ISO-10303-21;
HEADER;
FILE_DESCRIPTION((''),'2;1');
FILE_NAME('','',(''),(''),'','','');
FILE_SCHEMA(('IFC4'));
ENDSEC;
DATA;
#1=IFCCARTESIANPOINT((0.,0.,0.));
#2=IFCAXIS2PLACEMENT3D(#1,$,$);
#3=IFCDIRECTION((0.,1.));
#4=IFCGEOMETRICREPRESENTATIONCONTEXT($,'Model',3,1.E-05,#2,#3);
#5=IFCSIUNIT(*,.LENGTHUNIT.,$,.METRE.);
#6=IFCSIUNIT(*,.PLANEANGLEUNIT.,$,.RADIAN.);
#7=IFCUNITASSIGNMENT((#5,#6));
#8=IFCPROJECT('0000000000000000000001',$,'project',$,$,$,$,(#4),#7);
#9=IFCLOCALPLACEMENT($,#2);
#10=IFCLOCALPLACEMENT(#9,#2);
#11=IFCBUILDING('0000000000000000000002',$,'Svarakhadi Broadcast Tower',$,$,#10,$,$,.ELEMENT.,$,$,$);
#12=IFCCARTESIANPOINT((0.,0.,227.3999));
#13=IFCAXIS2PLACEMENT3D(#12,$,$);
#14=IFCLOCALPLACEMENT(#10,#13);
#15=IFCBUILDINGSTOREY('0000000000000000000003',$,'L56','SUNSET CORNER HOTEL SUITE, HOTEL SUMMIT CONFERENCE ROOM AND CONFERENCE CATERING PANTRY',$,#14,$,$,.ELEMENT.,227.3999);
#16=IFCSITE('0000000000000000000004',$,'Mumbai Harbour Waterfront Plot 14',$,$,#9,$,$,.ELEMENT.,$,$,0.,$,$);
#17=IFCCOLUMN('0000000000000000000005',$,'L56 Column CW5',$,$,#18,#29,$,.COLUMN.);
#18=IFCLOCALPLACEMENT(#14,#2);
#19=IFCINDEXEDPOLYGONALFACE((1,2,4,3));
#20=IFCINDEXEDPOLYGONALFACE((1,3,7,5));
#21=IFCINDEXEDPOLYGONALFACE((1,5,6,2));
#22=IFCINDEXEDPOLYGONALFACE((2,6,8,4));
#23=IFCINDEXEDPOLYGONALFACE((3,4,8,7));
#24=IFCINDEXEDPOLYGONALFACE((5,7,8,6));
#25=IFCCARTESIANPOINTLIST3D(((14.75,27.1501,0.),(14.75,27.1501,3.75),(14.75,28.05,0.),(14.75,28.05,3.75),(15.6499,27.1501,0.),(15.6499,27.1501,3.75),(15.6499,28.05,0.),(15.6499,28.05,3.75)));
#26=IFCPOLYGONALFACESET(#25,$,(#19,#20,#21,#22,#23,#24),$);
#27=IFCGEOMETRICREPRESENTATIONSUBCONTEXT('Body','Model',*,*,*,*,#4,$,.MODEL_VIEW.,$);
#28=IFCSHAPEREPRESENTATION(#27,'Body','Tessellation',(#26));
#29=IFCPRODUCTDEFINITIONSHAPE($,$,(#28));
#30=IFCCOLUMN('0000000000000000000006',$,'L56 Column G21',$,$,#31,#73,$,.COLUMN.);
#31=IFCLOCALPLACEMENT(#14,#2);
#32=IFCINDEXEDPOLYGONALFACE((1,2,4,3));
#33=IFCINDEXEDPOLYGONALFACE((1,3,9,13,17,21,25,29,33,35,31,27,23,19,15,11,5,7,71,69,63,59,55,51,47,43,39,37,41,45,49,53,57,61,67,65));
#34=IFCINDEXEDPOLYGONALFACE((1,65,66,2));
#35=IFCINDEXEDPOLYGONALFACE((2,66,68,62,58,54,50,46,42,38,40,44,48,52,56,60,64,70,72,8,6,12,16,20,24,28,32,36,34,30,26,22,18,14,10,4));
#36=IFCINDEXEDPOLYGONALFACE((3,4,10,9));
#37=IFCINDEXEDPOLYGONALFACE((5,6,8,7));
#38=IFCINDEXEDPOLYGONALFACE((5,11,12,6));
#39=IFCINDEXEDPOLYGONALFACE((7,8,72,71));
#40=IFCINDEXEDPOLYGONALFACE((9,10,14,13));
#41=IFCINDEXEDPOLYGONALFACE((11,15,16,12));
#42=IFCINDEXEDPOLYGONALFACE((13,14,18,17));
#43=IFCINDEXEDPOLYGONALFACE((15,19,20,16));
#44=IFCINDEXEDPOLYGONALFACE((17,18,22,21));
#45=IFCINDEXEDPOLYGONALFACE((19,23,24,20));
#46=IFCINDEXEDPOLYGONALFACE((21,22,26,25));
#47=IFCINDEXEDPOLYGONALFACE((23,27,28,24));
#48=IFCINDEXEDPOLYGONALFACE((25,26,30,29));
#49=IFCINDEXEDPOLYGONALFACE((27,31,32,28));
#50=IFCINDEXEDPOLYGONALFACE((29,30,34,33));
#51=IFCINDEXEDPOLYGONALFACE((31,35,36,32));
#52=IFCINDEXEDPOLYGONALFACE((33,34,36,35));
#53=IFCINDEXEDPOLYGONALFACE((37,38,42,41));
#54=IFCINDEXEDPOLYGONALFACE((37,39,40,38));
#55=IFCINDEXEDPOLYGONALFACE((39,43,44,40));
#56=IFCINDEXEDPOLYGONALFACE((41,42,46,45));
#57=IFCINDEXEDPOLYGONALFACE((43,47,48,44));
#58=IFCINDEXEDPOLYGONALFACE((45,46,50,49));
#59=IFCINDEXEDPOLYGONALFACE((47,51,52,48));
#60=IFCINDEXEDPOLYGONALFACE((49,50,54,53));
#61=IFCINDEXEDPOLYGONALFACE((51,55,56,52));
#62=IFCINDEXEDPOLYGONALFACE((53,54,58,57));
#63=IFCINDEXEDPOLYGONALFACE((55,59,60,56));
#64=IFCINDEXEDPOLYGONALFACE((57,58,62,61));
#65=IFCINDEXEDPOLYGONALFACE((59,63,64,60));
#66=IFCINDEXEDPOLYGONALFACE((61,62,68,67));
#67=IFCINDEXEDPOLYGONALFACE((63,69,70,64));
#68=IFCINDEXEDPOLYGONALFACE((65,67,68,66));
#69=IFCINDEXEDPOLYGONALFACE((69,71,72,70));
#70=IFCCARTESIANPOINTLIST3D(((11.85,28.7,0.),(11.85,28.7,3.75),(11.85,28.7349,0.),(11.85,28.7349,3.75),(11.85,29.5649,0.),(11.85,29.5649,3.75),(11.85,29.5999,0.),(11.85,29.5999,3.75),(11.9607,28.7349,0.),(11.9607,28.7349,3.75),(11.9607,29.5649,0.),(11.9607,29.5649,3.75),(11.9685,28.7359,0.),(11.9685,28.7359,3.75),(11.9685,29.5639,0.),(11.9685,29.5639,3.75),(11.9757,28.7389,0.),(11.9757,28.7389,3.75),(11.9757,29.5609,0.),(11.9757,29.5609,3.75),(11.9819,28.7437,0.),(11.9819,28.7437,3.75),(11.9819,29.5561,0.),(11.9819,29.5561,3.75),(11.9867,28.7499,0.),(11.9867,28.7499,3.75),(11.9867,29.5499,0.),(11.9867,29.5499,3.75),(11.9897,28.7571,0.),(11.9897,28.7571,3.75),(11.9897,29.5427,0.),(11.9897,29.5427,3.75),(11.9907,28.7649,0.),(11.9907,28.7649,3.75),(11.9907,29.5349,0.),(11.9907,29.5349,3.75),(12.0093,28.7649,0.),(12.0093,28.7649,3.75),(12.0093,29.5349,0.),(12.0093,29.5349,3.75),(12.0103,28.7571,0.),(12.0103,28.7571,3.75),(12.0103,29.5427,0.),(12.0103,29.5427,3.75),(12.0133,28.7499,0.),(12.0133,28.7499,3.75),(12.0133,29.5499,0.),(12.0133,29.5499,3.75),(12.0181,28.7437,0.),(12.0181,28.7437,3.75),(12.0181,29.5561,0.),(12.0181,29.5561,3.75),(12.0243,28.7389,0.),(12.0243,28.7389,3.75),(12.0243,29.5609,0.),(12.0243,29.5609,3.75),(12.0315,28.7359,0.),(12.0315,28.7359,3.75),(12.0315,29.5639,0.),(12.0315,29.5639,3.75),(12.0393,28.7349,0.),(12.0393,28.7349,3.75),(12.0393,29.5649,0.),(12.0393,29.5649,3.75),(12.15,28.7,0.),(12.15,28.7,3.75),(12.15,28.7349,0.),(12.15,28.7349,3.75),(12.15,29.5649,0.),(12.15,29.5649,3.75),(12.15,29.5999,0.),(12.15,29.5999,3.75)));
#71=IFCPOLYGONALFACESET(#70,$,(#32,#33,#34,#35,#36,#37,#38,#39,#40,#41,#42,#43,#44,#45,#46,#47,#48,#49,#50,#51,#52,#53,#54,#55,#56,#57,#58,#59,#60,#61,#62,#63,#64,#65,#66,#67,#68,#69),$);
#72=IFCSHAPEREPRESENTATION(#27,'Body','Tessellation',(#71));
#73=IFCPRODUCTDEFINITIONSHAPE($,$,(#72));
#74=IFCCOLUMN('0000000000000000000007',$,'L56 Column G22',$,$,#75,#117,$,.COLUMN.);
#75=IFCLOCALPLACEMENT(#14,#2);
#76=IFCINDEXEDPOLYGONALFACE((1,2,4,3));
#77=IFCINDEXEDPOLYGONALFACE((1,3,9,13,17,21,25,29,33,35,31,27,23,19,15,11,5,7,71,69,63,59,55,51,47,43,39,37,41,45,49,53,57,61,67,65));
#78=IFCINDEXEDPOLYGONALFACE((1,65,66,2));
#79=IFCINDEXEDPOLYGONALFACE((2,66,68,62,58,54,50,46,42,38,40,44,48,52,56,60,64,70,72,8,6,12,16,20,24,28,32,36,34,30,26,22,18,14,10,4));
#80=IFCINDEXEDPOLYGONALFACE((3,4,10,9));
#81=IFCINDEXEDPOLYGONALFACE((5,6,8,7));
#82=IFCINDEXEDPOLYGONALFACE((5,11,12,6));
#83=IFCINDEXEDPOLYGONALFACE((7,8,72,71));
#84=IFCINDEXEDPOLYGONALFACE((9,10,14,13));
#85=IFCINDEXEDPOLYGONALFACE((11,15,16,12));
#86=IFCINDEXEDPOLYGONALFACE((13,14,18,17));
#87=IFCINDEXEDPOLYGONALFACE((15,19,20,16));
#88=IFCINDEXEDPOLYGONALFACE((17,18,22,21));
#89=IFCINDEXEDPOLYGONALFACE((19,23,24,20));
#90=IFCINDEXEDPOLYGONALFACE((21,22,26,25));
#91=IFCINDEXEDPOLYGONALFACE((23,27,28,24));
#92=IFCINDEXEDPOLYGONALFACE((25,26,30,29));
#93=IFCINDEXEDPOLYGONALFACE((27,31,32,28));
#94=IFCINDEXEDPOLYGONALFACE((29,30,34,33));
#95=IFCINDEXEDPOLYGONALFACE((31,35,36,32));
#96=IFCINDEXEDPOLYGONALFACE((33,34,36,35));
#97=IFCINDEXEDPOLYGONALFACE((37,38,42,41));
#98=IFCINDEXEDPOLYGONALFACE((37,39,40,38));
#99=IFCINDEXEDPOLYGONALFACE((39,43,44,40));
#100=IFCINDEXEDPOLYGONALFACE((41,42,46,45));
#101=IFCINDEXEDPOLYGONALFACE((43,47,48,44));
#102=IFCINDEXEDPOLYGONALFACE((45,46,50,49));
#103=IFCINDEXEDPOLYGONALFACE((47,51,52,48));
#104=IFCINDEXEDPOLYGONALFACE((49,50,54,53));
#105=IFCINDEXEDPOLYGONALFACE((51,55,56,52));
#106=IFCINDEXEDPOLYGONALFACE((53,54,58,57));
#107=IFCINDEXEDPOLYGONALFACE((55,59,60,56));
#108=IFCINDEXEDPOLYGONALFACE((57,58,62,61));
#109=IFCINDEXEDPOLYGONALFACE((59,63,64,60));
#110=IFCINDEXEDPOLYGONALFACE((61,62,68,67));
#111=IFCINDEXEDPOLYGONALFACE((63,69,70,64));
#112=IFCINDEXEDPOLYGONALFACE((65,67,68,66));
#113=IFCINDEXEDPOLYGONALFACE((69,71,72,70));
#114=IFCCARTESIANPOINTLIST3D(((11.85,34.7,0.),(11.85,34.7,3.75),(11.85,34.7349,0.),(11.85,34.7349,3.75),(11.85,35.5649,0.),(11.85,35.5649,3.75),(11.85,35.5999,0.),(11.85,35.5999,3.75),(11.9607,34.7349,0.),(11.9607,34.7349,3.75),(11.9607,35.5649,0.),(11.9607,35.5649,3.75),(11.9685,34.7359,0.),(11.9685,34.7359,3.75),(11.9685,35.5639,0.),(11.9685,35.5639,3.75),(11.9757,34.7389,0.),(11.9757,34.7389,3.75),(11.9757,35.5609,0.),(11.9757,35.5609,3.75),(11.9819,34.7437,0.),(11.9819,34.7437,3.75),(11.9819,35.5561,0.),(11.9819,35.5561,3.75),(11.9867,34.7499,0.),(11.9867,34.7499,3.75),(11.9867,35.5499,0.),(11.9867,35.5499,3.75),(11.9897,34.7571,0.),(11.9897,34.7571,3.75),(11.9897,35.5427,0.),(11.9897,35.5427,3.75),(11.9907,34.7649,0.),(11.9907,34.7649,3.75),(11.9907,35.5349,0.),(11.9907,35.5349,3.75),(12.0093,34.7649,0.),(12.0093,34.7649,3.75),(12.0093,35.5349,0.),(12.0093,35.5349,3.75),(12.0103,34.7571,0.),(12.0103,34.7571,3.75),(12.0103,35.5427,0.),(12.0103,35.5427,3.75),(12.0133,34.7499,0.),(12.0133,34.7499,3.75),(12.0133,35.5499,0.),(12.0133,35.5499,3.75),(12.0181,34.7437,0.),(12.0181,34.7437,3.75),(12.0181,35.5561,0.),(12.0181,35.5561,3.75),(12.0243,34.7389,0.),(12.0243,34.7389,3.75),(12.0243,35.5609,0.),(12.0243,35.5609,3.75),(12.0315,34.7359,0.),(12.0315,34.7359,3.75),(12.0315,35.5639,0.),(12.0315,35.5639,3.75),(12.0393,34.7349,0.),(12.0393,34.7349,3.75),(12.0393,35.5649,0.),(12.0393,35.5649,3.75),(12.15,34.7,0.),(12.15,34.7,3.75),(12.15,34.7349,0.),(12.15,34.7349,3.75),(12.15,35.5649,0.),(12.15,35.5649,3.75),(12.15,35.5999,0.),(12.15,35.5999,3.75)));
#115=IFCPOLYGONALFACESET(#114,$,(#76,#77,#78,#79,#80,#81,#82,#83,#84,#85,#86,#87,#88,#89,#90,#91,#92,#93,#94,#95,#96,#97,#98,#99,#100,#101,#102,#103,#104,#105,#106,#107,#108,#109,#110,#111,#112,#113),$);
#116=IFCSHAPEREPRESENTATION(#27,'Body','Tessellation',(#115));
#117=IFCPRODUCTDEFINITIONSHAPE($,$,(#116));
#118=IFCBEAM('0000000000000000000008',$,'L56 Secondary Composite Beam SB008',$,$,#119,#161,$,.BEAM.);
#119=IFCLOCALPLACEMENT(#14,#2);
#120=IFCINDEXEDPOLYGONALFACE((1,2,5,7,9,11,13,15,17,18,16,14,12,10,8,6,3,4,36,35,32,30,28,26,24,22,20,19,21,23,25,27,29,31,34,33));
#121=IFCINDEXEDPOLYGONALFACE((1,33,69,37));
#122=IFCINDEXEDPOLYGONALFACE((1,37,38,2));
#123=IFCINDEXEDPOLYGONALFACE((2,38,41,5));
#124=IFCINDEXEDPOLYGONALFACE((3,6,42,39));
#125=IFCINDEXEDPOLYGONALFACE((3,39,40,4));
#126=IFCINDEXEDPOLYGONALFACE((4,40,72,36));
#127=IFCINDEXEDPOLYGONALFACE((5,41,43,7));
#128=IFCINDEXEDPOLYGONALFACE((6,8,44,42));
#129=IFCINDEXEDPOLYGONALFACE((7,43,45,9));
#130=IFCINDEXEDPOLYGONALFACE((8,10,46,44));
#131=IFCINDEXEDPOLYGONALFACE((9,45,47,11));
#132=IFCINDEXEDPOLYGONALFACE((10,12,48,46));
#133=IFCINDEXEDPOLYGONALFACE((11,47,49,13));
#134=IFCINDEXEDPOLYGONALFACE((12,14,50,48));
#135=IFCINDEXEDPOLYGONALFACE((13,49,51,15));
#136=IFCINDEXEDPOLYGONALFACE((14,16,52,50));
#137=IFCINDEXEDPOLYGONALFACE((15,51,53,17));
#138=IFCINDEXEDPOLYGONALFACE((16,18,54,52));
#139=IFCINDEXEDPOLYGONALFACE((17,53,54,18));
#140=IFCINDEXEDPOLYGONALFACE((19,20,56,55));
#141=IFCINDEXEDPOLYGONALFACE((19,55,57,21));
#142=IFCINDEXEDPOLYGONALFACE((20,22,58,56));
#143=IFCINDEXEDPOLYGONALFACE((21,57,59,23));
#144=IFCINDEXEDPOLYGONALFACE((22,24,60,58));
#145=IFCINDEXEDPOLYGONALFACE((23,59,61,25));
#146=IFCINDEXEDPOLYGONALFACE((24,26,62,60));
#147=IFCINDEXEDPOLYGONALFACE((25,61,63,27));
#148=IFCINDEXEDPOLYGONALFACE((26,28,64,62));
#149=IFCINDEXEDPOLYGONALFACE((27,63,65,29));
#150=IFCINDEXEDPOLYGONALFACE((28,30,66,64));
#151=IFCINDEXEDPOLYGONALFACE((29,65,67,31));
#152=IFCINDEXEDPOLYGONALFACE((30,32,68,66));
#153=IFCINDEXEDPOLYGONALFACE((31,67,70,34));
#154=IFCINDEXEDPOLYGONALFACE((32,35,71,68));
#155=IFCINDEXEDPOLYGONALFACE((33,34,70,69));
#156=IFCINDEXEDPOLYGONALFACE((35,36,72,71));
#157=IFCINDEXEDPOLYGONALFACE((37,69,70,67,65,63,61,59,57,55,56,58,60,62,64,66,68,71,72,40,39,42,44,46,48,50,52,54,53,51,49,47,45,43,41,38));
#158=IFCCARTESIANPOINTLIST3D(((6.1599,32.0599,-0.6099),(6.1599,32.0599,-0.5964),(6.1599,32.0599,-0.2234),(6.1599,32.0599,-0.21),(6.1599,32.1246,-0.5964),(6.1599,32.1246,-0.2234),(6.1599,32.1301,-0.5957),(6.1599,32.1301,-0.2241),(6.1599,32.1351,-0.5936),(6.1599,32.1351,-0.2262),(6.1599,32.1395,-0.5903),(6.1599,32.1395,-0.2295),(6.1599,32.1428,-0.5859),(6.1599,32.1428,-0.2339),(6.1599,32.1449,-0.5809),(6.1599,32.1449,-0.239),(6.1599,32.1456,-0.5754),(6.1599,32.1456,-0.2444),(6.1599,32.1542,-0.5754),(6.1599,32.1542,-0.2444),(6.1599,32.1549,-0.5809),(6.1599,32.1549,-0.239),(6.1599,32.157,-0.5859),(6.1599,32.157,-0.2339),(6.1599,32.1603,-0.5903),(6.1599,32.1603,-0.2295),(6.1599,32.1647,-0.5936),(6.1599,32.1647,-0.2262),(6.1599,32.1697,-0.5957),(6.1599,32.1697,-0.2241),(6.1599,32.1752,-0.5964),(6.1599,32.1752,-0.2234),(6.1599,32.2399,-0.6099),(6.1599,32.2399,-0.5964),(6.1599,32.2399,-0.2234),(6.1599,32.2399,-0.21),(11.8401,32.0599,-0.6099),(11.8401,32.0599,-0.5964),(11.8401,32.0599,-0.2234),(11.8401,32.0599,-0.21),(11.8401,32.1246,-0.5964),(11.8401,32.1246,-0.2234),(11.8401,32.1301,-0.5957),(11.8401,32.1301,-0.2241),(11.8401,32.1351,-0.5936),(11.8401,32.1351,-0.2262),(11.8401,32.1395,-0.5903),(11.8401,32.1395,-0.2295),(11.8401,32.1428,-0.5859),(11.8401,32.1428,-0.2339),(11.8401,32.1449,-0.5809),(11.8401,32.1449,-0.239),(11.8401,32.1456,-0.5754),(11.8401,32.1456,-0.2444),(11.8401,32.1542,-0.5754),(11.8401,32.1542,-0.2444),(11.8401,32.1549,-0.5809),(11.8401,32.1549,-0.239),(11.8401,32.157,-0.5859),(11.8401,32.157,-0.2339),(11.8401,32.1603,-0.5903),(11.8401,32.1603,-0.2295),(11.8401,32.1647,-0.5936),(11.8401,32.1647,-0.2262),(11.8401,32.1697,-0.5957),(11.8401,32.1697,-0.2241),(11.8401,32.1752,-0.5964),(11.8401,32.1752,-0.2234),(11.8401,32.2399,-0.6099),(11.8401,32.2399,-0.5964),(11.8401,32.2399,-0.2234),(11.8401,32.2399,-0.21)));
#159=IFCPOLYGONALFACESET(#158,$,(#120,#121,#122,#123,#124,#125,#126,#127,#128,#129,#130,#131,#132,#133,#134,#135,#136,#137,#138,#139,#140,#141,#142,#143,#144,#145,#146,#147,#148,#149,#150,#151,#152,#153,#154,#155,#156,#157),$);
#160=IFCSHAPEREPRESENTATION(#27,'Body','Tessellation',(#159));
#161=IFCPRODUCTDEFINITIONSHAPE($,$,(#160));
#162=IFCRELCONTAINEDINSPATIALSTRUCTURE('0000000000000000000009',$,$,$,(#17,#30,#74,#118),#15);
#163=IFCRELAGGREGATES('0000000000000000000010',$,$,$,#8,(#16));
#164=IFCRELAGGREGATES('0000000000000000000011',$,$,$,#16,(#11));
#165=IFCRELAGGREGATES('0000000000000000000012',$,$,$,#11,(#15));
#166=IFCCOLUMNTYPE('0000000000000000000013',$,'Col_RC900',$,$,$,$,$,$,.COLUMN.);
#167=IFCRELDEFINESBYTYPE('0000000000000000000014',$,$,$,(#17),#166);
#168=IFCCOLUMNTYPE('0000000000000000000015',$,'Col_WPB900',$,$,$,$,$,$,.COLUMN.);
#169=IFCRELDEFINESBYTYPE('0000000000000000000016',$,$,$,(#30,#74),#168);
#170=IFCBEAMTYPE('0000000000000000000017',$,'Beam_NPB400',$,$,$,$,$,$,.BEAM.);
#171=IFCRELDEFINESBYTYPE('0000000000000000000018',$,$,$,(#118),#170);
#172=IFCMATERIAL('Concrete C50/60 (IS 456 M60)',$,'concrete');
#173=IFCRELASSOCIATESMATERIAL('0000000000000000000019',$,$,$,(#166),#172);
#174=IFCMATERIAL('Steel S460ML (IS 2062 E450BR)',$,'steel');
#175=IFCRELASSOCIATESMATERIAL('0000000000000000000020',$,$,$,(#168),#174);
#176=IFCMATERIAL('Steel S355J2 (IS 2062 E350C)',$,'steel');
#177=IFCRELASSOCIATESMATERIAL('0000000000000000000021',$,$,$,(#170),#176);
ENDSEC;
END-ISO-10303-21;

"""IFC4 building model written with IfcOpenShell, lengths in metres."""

from ifc_helpers import new_model, si_unit, direction, frame, origin, origin_2d, place, context, subcontext, project, spatial, rectangle, i_section, extrude, material, material_profile, profile_set, type_object, element, save


model = new_model("IFC4")

# Units and contexts
model_context = context("Model", 3, precision=1e-05, world=origin(), true_north=direction((0.0, 1.0)))
body_context = subcontext(model_context, "Body", "Model", "MODEL_VIEW")
ifc_project = project(units=[si_unit("LENGTHUNIT", "METRE"), si_unit("PLANEANGLEUNIT", "RADIAN")], contexts=[model_context])

# Site, building, storey
site_placement = place(None, origin())
site = spatial("IfcSite", under=ifc_project, at=site_placement, Name="Mumbai Harbour Waterfront Plot 14", CompositionType="ELEMENT", RefElevation=0.0)
building_placement = place(site_placement, origin())
building = spatial("IfcBuilding", under=site, at=building_placement, Name="Svarakhadi Broadcast Tower", CompositionType="ELEMENT")
storey_placement = place(building_placement, frame((0.0, 0.0, 227.3999)))
storey = spatial("IfcBuildingStorey", under=building, at=storey_placement, Name="L56", Description="SUNSET CORNER HOTEL SUITE, HOTEL SUMMIT CONFERENCE ROOM AND CONFERENCE CATERING PANTRY", CompositionType="ELEMENT", Elevation=227.3999)

# Columns
ifc_material_1 = material(Name="Concrete C50/60 (IS 456 M60)", Category="concrete")
ifc_material_profile_1 = material_profile(ifc_material_1, rectangle(XDim=0.8999, YDim=0.8999, at=origin_2d()), Name="RC 900x900")
ifc_profile_set_1 = profile_set([ifc_material_profile_1], Name="Concrete C50/60 (IS 456 M60)")
column_type_1 = type_object("IfcColumnType", Name="Col_RC900", PredefinedType="COLUMN", material=ifc_profile_set_1)
column_placement = place(storey_placement, frame((15.2, 27.6001, 0.0), z_axis=(0.0, 0.0, 1.0), x_axis=(1.0, 0.0, 0.0)))
element("IfcColumn", 1, at=column_placement, inside=storey, type_object=column_type_1, Name="L56 Column CW5", PredefinedType="COLUMN", context=body_context, shape_type="SweptSolid", body=[
    extrude(rectangle(XDim=0.8999, YDim=0.8999, at=origin_2d()), origin(), (0.0, 0.0, 1.0), 3.75),
])
ifc_material_2 = material(Name="Steel S460ML (IS 2062 E450BR)", Category="steel")
ifc_material_profile_2 = material_profile(ifc_material_2, i_section(OverallWidth=0.3, OverallDepth=0.8999, WebThickness=0.0186, FlangeThickness=0.0349, FilletRadius=0.03, at=origin_2d()), Name="WPB 900x300x291")
ifc_profile_set_2 = profile_set([ifc_material_profile_2], Name="Steel S460ML (IS 2062 E450BR)")
column_type_2 = type_object("IfcColumnType", Name="Col_WPB900", PredefinedType="COLUMN", material=ifc_profile_set_2)
for number, where, z_axis, x_axis, name in (
    (2, (12.0, 29.1499, 0.0), (0.0, 0.0, 1.0), (1.0, 0.0, 0.0), "L56 Column G21"),
    (3, (12.0, 35.1499, 0.0), (0.0, 0.0, 1.0), (1.0, 0.0, 0.0), "L56 Column G22"),
):
    element("IfcColumn", number, at=place(storey_placement, frame(where, z_axis=z_axis, x_axis=x_axis)), inside=storey, type_object=column_type_2, Name=name, PredefinedType="COLUMN", context=body_context, shape_type="SweptSolid", body=[
        extrude(i_section(OverallWidth=0.3, OverallDepth=0.8999, WebThickness=0.0186, FlangeThickness=0.0349, FilletRadius=0.03, at=origin_2d()), origin(), (0.0, 0.0, 1.0), 3.75),
    ])

# Beam
ifc_material_3 = material(Name="Steel S355J2 (IS 2062 E350C)", Category="steel")
ifc_material_profile_3 = material_profile(ifc_material_3, i_section(OverallWidth=0.1799, OverallDepth=0.3999, WebThickness=0.0085, FlangeThickness=0.0134, FilletRadius=0.021, at=origin_2d()), Name="NPB 400x180x66")
ifc_profile_set_3 = profile_set([ifc_material_profile_3], Name="Steel S355J2 (IS 2062 E350C)")
beam_type_1 = type_object("IfcBeamType", Name="Beam_NPB400", PredefinedType="BEAM", material=ifc_profile_set_3)
for number, where, z_axis, x_axis, name in (
    (4, (6.1599, 32.1499, -0.4099), (1.0, 0.0, 0.0), (0.0, 1.0, 0.0), "L56 Secondary Composite Beam SB008"),
):
    element("IfcBeam", number, at=place(storey_placement, frame(where, z_axis=z_axis, x_axis=x_axis)), inside=storey, type_object=beam_type_1, Name=name, PredefinedType="BEAM", context=body_context, shape_type="SweptSolid", body=[
        extrude(i_section(OverallWidth=0.1799, OverallDepth=0.3999, WebThickness=0.0085, FlangeThickness=0.0134, FilletRadius=0.021, at=origin_2d()), origin(), (0.0, 0.0, 1.0), 5.6802),
    ])

save(model, "model.ifc")
